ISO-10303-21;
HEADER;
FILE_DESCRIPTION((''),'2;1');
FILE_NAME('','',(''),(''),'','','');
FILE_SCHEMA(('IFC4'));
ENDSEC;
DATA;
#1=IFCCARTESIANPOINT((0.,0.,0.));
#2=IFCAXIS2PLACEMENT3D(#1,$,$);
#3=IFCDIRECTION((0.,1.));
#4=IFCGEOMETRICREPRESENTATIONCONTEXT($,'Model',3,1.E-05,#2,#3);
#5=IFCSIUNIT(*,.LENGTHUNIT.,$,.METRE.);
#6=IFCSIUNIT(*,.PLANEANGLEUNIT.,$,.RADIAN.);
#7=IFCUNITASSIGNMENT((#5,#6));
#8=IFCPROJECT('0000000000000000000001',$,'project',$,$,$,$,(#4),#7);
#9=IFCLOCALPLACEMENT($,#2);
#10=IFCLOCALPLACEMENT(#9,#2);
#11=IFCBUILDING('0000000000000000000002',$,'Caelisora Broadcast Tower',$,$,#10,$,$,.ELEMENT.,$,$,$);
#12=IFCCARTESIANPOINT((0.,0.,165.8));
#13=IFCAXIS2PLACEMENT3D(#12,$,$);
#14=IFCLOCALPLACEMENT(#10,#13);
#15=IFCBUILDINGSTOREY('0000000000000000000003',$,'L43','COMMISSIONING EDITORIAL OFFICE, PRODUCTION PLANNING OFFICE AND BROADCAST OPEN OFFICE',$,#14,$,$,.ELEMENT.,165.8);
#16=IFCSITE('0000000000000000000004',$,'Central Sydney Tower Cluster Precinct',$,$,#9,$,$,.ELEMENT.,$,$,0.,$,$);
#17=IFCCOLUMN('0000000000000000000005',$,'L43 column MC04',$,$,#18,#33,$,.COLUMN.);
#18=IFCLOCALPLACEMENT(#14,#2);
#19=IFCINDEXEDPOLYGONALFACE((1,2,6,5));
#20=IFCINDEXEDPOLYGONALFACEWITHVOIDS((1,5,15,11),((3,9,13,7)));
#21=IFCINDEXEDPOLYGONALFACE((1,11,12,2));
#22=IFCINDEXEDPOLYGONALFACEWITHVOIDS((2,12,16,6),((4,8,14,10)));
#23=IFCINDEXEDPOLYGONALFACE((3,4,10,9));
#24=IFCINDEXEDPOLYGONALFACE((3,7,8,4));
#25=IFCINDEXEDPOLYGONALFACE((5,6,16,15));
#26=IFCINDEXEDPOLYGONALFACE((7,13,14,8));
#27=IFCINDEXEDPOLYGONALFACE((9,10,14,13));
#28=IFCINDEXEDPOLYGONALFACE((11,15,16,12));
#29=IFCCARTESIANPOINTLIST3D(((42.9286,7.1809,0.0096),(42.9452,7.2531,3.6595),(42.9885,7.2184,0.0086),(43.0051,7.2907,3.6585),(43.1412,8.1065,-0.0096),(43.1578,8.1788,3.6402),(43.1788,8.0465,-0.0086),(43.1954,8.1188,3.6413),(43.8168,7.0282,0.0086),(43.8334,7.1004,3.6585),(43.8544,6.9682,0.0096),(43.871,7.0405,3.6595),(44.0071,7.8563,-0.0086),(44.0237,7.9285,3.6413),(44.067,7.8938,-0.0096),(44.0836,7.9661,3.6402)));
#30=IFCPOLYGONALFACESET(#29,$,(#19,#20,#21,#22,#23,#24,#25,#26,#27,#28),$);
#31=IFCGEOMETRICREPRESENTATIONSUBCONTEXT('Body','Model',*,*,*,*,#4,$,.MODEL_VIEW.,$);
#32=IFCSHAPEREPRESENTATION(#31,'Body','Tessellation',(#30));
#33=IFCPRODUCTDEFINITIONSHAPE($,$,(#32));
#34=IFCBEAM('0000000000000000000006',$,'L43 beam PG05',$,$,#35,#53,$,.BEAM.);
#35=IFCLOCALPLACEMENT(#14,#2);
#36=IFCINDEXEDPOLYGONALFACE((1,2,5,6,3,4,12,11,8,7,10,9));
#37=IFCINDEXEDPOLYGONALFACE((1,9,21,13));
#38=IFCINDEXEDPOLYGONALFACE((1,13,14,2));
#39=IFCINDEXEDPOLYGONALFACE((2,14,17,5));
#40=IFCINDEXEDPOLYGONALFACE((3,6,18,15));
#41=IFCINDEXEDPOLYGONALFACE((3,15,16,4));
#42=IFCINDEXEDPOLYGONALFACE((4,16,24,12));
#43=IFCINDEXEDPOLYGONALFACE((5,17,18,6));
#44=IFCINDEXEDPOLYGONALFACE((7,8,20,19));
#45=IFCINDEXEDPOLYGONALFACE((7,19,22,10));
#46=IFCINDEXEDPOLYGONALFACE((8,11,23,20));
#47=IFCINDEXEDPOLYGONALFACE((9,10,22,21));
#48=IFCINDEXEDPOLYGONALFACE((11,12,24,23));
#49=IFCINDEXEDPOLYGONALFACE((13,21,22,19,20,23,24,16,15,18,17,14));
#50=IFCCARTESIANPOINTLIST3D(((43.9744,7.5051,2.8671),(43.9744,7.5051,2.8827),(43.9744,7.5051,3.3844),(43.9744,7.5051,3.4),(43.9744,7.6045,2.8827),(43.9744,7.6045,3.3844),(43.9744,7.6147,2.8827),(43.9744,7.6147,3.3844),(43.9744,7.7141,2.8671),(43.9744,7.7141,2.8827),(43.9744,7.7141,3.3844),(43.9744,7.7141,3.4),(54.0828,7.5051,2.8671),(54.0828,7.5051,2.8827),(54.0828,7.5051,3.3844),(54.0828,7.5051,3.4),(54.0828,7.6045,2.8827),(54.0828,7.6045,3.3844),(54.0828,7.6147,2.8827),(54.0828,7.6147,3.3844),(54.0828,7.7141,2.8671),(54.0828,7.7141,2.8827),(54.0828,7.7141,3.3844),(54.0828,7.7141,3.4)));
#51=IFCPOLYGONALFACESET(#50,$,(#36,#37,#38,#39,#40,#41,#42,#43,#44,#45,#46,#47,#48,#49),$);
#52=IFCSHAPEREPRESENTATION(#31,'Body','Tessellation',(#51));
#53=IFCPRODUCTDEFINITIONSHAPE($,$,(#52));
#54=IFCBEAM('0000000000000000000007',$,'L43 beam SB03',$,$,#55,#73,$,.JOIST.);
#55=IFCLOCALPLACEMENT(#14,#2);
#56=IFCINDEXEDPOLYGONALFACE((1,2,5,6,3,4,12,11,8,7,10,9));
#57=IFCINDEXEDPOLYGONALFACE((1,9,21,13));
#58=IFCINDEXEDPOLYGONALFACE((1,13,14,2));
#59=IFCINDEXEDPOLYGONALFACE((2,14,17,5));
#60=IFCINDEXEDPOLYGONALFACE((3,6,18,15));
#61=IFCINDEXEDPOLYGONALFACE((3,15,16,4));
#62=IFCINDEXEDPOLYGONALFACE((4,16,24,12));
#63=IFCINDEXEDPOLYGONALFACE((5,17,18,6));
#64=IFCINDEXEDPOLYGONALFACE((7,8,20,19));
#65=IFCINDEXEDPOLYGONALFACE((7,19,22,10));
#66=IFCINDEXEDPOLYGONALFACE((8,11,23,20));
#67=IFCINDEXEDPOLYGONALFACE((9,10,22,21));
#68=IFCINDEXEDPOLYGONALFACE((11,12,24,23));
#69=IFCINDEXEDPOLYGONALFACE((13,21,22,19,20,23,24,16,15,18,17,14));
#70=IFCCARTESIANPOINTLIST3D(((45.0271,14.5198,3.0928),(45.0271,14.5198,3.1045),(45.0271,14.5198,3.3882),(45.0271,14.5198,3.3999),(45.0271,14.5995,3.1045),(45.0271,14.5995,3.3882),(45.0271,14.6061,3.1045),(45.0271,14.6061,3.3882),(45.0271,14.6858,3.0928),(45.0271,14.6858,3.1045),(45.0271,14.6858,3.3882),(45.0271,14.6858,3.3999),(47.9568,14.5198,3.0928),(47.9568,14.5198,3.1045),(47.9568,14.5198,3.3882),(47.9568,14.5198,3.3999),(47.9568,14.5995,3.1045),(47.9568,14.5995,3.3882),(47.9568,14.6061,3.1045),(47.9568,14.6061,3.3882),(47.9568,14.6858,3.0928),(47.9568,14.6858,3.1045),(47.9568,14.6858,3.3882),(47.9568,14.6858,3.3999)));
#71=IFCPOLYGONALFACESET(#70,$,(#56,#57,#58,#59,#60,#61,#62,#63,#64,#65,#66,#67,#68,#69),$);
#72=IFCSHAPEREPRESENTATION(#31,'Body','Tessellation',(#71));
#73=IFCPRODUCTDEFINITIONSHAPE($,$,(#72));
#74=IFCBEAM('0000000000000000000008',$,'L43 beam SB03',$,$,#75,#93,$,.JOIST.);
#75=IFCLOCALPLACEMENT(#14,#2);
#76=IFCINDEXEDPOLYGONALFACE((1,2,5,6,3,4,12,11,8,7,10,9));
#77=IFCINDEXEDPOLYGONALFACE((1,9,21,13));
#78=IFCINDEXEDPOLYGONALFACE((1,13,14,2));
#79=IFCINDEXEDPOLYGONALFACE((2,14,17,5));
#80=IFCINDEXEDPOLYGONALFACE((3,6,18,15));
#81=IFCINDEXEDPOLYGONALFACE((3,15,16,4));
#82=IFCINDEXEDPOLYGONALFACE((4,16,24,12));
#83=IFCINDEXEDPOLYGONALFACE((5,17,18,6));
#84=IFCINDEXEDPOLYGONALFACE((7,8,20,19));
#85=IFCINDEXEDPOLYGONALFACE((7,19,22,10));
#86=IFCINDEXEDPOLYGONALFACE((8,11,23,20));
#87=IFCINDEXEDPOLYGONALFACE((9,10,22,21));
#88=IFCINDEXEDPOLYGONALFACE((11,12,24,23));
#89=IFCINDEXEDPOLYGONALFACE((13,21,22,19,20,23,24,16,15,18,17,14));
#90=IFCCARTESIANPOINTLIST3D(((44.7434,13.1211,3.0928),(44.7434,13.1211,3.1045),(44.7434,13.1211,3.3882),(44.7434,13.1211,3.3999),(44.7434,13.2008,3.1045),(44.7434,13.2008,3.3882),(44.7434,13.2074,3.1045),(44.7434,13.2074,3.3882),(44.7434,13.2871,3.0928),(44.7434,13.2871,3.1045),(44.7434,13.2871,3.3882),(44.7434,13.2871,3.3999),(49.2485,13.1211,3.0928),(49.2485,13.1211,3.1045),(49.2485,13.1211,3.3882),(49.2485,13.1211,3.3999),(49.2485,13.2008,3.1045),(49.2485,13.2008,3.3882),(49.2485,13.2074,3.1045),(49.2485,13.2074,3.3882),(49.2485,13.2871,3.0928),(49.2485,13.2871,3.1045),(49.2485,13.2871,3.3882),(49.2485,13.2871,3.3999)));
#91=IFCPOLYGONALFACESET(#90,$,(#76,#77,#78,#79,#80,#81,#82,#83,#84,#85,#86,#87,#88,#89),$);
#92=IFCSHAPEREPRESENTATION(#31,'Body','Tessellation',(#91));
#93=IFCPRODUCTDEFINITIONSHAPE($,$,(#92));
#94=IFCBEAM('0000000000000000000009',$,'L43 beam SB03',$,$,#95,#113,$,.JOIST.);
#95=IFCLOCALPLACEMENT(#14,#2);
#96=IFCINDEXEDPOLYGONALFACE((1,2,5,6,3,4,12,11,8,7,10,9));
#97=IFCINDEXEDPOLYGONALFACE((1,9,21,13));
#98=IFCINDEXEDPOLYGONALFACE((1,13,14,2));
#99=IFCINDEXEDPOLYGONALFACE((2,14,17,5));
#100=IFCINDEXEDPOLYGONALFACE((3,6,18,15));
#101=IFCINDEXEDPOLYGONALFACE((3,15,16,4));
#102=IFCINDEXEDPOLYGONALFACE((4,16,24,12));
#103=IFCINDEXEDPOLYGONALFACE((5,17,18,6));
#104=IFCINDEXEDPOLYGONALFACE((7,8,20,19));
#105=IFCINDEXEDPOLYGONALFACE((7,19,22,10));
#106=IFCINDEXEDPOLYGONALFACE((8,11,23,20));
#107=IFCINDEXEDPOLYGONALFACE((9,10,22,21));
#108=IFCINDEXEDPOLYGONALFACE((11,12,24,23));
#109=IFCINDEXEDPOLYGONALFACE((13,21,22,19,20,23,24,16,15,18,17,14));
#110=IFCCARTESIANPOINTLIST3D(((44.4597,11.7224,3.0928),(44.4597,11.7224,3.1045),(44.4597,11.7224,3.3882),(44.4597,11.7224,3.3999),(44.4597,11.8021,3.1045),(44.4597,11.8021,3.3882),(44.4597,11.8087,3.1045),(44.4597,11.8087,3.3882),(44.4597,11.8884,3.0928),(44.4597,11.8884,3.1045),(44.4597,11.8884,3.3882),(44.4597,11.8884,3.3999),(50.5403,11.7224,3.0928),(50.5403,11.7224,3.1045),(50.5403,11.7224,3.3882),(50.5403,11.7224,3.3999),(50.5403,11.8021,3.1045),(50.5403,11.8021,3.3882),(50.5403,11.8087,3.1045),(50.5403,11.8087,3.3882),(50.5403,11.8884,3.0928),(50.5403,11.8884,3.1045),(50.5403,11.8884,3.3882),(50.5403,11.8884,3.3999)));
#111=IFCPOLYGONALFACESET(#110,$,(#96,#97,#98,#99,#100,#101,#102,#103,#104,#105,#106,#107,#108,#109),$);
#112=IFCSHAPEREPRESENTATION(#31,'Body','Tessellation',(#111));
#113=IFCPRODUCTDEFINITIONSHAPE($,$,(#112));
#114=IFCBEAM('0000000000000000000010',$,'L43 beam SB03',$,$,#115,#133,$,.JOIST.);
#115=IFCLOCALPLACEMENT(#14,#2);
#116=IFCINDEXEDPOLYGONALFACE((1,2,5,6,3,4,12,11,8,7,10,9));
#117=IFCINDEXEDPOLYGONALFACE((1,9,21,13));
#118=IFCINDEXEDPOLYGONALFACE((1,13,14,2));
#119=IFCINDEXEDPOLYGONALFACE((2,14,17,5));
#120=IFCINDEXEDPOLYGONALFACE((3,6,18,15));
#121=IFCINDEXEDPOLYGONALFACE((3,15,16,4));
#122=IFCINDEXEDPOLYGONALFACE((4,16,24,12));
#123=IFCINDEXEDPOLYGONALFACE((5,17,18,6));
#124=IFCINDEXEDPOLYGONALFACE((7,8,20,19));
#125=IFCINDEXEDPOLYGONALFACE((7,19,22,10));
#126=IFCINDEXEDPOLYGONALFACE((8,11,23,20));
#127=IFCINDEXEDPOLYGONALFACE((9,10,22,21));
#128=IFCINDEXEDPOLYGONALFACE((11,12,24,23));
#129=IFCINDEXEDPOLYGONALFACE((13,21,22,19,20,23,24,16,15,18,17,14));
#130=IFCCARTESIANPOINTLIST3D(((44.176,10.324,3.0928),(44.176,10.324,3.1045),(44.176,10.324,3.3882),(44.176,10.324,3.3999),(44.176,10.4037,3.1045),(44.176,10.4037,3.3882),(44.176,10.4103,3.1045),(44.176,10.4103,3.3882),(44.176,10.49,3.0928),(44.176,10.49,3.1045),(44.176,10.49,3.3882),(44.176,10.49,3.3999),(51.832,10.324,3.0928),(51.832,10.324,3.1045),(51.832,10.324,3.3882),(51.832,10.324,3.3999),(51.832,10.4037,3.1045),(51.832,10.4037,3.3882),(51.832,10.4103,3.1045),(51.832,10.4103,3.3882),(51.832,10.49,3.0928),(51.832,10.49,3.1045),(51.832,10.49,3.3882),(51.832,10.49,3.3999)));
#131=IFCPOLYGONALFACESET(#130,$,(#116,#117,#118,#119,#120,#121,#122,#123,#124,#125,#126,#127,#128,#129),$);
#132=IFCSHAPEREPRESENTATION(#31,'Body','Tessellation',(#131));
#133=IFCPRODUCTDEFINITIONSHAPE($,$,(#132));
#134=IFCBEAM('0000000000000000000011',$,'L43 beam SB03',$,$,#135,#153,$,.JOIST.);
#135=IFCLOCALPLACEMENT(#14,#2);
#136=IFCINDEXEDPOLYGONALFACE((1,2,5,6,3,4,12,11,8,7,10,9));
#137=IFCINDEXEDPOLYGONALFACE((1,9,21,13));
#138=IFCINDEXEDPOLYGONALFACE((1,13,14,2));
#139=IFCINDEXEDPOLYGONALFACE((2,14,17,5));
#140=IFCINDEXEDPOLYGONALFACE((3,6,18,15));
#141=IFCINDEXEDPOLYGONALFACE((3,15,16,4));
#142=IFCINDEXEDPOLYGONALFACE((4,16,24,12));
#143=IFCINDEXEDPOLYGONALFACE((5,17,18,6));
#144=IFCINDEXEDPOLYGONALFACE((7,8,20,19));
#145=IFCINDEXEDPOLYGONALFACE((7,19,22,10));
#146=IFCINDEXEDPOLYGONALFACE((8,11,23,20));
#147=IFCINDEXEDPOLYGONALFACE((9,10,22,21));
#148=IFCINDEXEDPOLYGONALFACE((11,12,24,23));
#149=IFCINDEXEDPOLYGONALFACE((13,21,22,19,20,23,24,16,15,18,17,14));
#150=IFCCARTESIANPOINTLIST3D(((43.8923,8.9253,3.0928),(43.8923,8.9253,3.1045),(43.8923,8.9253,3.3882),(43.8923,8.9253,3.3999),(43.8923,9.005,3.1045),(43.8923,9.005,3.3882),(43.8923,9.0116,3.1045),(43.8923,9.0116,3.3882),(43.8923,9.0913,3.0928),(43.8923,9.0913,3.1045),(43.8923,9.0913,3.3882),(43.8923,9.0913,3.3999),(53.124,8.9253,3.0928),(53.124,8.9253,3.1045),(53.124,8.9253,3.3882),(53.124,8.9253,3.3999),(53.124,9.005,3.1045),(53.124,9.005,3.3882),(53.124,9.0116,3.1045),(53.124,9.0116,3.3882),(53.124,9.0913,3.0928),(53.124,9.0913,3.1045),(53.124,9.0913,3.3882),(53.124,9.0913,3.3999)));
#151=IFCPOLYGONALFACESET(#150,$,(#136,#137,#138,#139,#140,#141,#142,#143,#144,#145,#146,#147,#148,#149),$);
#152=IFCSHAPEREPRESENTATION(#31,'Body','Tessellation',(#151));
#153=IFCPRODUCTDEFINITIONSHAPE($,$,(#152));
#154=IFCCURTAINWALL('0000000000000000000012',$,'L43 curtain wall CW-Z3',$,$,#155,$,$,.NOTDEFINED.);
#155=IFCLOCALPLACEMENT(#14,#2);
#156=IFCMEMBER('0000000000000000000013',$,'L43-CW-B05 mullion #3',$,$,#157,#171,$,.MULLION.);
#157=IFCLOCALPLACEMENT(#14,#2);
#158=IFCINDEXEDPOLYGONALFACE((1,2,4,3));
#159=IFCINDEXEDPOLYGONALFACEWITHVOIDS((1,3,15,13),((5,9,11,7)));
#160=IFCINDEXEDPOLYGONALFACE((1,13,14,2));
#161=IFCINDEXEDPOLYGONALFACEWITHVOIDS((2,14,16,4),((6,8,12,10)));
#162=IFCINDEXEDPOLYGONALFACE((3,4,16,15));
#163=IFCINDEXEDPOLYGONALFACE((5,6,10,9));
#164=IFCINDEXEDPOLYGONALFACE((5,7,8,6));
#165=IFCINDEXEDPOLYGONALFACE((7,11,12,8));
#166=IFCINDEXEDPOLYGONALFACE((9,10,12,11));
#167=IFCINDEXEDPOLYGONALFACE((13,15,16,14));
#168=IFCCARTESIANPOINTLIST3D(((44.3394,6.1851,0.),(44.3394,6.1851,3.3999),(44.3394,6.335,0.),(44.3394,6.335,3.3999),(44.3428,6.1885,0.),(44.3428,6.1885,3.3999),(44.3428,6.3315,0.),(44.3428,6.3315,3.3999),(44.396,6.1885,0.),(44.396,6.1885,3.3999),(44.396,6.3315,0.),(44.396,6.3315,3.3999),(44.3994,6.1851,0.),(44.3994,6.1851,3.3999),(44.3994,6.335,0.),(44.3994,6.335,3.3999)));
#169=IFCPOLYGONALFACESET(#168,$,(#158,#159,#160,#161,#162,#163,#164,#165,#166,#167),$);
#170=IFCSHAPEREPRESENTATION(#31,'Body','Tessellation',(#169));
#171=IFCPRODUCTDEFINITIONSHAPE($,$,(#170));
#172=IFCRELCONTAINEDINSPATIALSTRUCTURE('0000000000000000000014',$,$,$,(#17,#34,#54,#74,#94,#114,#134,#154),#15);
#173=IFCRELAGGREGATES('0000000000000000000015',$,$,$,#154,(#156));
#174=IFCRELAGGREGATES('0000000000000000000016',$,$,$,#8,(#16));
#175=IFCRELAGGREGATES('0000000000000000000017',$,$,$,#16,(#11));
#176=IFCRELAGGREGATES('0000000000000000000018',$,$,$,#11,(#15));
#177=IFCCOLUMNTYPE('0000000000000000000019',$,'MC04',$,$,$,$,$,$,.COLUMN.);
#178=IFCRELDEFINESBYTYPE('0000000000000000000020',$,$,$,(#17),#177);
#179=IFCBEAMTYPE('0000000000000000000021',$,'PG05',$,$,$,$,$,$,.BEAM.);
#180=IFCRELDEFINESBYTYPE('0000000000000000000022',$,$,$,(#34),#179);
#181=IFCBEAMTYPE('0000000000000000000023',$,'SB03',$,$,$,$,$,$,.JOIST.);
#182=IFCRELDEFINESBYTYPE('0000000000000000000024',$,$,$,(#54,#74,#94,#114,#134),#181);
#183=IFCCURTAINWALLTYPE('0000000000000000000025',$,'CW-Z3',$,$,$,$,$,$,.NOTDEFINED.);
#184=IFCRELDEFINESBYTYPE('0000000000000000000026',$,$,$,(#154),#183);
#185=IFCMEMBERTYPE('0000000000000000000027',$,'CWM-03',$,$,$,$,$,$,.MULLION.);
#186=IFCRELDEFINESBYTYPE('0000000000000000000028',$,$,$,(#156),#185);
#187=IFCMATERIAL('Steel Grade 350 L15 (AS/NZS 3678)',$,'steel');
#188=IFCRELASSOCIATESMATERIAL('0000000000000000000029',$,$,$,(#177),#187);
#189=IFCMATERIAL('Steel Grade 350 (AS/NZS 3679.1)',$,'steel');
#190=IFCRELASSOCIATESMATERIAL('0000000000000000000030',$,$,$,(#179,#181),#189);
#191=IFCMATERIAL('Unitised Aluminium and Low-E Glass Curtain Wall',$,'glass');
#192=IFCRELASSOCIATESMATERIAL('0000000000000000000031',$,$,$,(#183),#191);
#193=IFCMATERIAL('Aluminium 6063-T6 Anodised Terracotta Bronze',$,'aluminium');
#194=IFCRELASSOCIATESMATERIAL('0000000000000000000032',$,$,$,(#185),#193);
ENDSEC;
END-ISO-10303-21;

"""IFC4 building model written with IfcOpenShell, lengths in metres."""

from ifc_helpers import new_model, si_unit, direction, frame, origin, origin_2d, place, context, subcontext, project, spatial, hollow_rectangle, i_section, extrude, source, transform, mapped, material, material_profile, profile_set, type_object, type_shapes, element, aggregate, save


model = new_model("IFC4")

# Units and contexts
model_context = context("Model", 3, precision=1e-05, world=origin(), true_north=direction((0.0, 1.0)))
body_context = subcontext(model_context, "Body", "Model", "MODEL_VIEW")
ifc_project = project(units=[si_unit("LENGTHUNIT", "METRE"), si_unit("PLANEANGLEUNIT", "RADIAN")], contexts=[model_context])

# Site, building, storey
site_placement = place(None, origin())
site = spatial("IfcSite", under=ifc_project, at=site_placement, Name="Central Sydney Tower Cluster Precinct", CompositionType="ELEMENT", RefElevation=0.0)
building_placement = place(site_placement, origin())
building = spatial("IfcBuilding", under=site, at=building_placement, Name="Caelisora Broadcast Tower", CompositionType="ELEMENT")
storey_placement = place(building_placement, frame((0.0, 0.0, 165.8)))
storey = spatial("IfcBuildingStorey", under=building, at=storey_placement, Name="L43", Description="COMMISSIONING EDITORIAL OFFICE, PRODUCTION PLANNING OFFICE AND BROADCAST OPEN OFFICE", CompositionType="ELEMENT", Elevation=165.8)

# Column
ifc_material_1 = material(Name="Steel Grade 350 L15 (AS/NZS 3678)", Category="steel")
ifc_material_profile_1 = material_profile(ifc_material_1, hollow_rectangle(XDim=0.95, YDim=0.95, WallThickness=0.05, at=origin_2d()), Name="Steel Grade 350 L15 (AS/NZS 3678)")
ifc_profile_set_1 = profile_set([ifc_material_profile_1], Name="Steel Grade 350 L15 (AS/NZS 3678)")
column_type = type_object("IfcColumnType", Name="MC04", PredefinedType="COLUMN", material=ifc_profile_set_1)
shared_shape_1 = source(origin(), body_context, "Body", "SweptSolid", [
    extrude(hollow_rectangle(XDim=0.95, YDim=0.95, WallThickness=0.05, at=origin_2d()), origin(), (0.0, 0.0, 1.0), 3.6506),
])
type_shapes(column_type, [shared_shape_1])
column_placement = place(storey_placement, frame((43.4978, 7.5374, 0.0), z_axis=(0.004548, 0.019795, 0.999794), x_axis=(-0.974613, 0.223898, 0.0)))
element("IfcColumn", 1, at=column_placement, inside=storey, type_object=column_type, Name="L43 column MC04", PredefinedType="COLUMN", context=body_context, shape_type="MappedRepresentation", body=[
    mapped(shared_shape_1, transform((0.0, 0.0, 0.0), scale=1.0)),
])

# Beams
ifc_material_2 = material(Name="Steel Grade 350 (AS/NZS 3679.1)", Category="steel")
ifc_material_profile_2 = material_profile(ifc_material_2, i_section(OverallWidth=0.209, OverallDepth=0.533, WebThickness=0.0103, FlangeThickness=0.0156, at=origin_2d()), Name="Steel Grade 350 (AS/NZS 3679.1)")
ifc_profile_set_2 = profile_set([ifc_material_profile_2], Name="Steel Grade 350 (AS/NZS 3679.1)")
beam_type_1 = type_object("IfcBeamType", Name="PG05", PredefinedType="BEAM", material=ifc_profile_set_2)
shared_shape_2 = source(origin(), body_context, "Body", "SweptSolid", [
    extrude(i_section(OverallWidth=0.209, OverallDepth=0.533, WebThickness=0.0103, FlangeThickness=0.0156, at=origin_2d()), origin(), (0.0, 0.0, 1.0), 10.1084),
])
type_shapes(beam_type_1, [shared_shape_2])
beam_1_placement = place(storey_placement, frame((43.9744, 7.6096, 3.1335), z_axis=(1.0, 0.0, 0.0), x_axis=(0.0, 1.0, 0.0)))
element("IfcBeam", 2, at=beam_1_placement, inside=storey, type_object=beam_type_1, Name="L43 beam PG05", PredefinedType="BEAM", context=body_context, shape_type="MappedRepresentation", body=[
    mapped(shared_shape_2, transform((0.0, 0.0, 0.0), scale=1.0)),
])
ifc_material_profile_3 = material_profile(ifc_material_2, i_section(OverallWidth=0.166, OverallDepth=0.3071, WebThickness=0.0066, FlangeThickness=0.0117, at=origin_2d()), Name="Steel Grade 350 (AS/NZS 3679.1)")
ifc_profile_set_3 = profile_set([ifc_material_profile_3], Name="Steel Grade 350 (AS/NZS 3679.1)")
beam_type_2 = type_object("IfcBeamType", Name="SB03", PredefinedType="JOIST", material=ifc_profile_set_3)
shared_shape_3 = source(origin(), body_context, "Body", "SweptSolid", [
    extrude(i_section(OverallWidth=0.166, OverallDepth=0.3071, WebThickness=0.0066, FlangeThickness=0.0117, at=origin_2d()), origin(), (0.0, 0.0, 1.0), 2.9297),
])
beam_2_placement = place(storey_placement, frame((45.0271, 14.6028, 3.2463), z_axis=(1.0, 0.0, 0.0), x_axis=(0.0, 1.0, 0.0)))
element("IfcBeam", 3, at=beam_2_placement, inside=storey, type_object=beam_type_2, Name="L43 beam SB03", PredefinedType="JOIST", context=body_context, shape_type="MappedRepresentation", body=[
    mapped(shared_shape_3, transform((0.0, 0.0, 0.0), scale=1.0)),
])
shared_shape_4 = source(origin(), body_context, "Body", "SweptSolid", [
    extrude(i_section(OverallWidth=0.166, OverallDepth=0.3071, WebThickness=0.0066, FlangeThickness=0.0117, at=origin_2d()), origin(), (0.0, 0.0, 1.0), 4.5051),
])
beam_3_placement = place(storey_placement, frame((44.7434, 13.2041, 3.2463), z_axis=(1.0, 0.0, 0.0), x_axis=(0.0, 1.0, 0.0)))
element("IfcBeam", 4, at=beam_3_placement, inside=storey, type_object=beam_type_2, Name="L43 beam SB03", PredefinedType="JOIST", context=body_context, shape_type="MappedRepresentation", body=[
    mapped(shared_shape_4, transform((0.0, 0.0, 0.0), scale=1.0)),
])
shared_shape_5 = source(origin(), body_context, "Body", "SweptSolid", [
    extrude(i_section(OverallWidth=0.166, OverallDepth=0.3071, WebThickness=0.0066, FlangeThickness=0.0117, at=origin_2d()), origin(), (0.0, 0.0, 1.0), 6.0806),
])
beam_4_placement = place(storey_placement, frame((44.4597, 11.8054, 3.2463), z_axis=(1.0, 0.0, 0.0), x_axis=(0.0, 1.0, 0.0)))
element("IfcBeam", 5, at=beam_4_placement, inside=storey, type_object=beam_type_2, Name="L43 beam SB03", PredefinedType="JOIST", context=body_context, shape_type="MappedRepresentation", body=[
    mapped(shared_shape_5, transform((0.0, 0.0, 0.0), scale=1.0)),
])
shared_shape_6 = source(origin(), body_context, "Body", "SweptSolid", [
    extrude(i_section(OverallWidth=0.166, OverallDepth=0.3071, WebThickness=0.0066, FlangeThickness=0.0117, at=origin_2d()), origin(), (0.0, 0.0, 1.0), 7.656),
])
beam_5_placement = place(storey_placement, frame((44.176, 10.407, 3.2463), z_axis=(1.0, 0.0, 0.0), x_axis=(0.0, 1.0, 0.0)))
element("IfcBeam", 6, at=beam_5_placement, inside=storey, type_object=beam_type_2, Name="L43 beam SB03", PredefinedType="JOIST", context=body_context, shape_type="MappedRepresentation", body=[
    mapped(shared_shape_6, transform((0.0, 0.0, 0.0), scale=1.0)),
])
shared_shape_7 = source(origin(), body_context, "Body", "SweptSolid", [
    extrude(i_section(OverallWidth=0.166, OverallDepth=0.3071, WebThickness=0.0066, FlangeThickness=0.0117, at=origin_2d()), origin(), (0.0, 0.0, 1.0), 9.2317),
])
type_shapes(beam_type_2, [shared_shape_3, shared_shape_4, shared_shape_5, shared_shape_6, shared_shape_7])
beam_6_placement = place(storey_placement, frame((43.8923, 9.0083, 3.2463), z_axis=(1.0, 0.0, 0.0), x_axis=(0.0, 1.0, 0.0)))
element("IfcBeam", 7, at=beam_6_placement, inside=storey, type_object=beam_type_2, Name="L43 beam SB03", PredefinedType="JOIST", context=body_context, shape_type="MappedRepresentation", body=[
    mapped(shared_shape_7, transform((0.0, 0.0, 0.0), scale=1.0)),
])

# Curtain wall, member
ifc_material_3 = material(Name="Unitised Aluminium and Low-E Glass Curtain Wall", Category="glass")
curtain_wall_type_1 = type_object("IfcCurtainWallType", Name="CW-Z3", PredefinedType="NOTDEFINED", material=ifc_material_3)
curtain_wall_1_placement = place(storey_placement, origin())
curtain_wall_1 = element("IfcCurtainWall", 8, at=curtain_wall_1_placement, inside=storey, type_object=curtain_wall_type_1, Name="L43 curtain wall CW-Z3", PredefinedType="NOTDEFINED")
ifc_material_4 = material(Name="Aluminium 6063-T6 Anodised Terracotta Bronze", Category="aluminium")
ifc_material_profile_4 = material_profile(ifc_material_4, hollow_rectangle(XDim=0.0601, YDim=0.1499, WallThickness=0.0034, at=origin_2d()), Name="Aluminium 6063-T6 Anodised Terracotta Bronze")
ifc_profile_set_4 = profile_set([ifc_material_profile_4], Name="Aluminium 6063-T6 Anodised Terracotta Bronze")
member_type_1 = type_object("IfcMemberType", Name="CWM-03", PredefinedType="MULLION", material=ifc_profile_set_4)
shared_shape_8 = source(origin(), body_context, "Body", "SweptSolid", [
    extrude(hollow_rectangle(XDim=0.0601, YDim=0.1499, WallThickness=0.0034, at=origin_2d()), origin(), (0.0, 0.0, 1.0), 3.3999),
])
type_shapes(member_type_1, [shared_shape_8])
member_1_placement = place(storey_placement, frame((44.3694, 6.26, 0.0), z_axis=(0.0, 0.0, 1.0), x_axis=(1.0, 0.0, 0.0)))
member_1 = element("IfcMember", 9, at=member_1_placement, type_object=member_type_1, Name="L43-CW-B05 mullion #3", PredefinedType="MULLION", context=body_context, shape_type="MappedRepresentation", body=[
    mapped(shared_shape_8, transform((0.0, 0.0, 0.0), scale=1.0)),
])
aggregate(curtain_wall_1, [member_1])

save(model, "model.ifc")
